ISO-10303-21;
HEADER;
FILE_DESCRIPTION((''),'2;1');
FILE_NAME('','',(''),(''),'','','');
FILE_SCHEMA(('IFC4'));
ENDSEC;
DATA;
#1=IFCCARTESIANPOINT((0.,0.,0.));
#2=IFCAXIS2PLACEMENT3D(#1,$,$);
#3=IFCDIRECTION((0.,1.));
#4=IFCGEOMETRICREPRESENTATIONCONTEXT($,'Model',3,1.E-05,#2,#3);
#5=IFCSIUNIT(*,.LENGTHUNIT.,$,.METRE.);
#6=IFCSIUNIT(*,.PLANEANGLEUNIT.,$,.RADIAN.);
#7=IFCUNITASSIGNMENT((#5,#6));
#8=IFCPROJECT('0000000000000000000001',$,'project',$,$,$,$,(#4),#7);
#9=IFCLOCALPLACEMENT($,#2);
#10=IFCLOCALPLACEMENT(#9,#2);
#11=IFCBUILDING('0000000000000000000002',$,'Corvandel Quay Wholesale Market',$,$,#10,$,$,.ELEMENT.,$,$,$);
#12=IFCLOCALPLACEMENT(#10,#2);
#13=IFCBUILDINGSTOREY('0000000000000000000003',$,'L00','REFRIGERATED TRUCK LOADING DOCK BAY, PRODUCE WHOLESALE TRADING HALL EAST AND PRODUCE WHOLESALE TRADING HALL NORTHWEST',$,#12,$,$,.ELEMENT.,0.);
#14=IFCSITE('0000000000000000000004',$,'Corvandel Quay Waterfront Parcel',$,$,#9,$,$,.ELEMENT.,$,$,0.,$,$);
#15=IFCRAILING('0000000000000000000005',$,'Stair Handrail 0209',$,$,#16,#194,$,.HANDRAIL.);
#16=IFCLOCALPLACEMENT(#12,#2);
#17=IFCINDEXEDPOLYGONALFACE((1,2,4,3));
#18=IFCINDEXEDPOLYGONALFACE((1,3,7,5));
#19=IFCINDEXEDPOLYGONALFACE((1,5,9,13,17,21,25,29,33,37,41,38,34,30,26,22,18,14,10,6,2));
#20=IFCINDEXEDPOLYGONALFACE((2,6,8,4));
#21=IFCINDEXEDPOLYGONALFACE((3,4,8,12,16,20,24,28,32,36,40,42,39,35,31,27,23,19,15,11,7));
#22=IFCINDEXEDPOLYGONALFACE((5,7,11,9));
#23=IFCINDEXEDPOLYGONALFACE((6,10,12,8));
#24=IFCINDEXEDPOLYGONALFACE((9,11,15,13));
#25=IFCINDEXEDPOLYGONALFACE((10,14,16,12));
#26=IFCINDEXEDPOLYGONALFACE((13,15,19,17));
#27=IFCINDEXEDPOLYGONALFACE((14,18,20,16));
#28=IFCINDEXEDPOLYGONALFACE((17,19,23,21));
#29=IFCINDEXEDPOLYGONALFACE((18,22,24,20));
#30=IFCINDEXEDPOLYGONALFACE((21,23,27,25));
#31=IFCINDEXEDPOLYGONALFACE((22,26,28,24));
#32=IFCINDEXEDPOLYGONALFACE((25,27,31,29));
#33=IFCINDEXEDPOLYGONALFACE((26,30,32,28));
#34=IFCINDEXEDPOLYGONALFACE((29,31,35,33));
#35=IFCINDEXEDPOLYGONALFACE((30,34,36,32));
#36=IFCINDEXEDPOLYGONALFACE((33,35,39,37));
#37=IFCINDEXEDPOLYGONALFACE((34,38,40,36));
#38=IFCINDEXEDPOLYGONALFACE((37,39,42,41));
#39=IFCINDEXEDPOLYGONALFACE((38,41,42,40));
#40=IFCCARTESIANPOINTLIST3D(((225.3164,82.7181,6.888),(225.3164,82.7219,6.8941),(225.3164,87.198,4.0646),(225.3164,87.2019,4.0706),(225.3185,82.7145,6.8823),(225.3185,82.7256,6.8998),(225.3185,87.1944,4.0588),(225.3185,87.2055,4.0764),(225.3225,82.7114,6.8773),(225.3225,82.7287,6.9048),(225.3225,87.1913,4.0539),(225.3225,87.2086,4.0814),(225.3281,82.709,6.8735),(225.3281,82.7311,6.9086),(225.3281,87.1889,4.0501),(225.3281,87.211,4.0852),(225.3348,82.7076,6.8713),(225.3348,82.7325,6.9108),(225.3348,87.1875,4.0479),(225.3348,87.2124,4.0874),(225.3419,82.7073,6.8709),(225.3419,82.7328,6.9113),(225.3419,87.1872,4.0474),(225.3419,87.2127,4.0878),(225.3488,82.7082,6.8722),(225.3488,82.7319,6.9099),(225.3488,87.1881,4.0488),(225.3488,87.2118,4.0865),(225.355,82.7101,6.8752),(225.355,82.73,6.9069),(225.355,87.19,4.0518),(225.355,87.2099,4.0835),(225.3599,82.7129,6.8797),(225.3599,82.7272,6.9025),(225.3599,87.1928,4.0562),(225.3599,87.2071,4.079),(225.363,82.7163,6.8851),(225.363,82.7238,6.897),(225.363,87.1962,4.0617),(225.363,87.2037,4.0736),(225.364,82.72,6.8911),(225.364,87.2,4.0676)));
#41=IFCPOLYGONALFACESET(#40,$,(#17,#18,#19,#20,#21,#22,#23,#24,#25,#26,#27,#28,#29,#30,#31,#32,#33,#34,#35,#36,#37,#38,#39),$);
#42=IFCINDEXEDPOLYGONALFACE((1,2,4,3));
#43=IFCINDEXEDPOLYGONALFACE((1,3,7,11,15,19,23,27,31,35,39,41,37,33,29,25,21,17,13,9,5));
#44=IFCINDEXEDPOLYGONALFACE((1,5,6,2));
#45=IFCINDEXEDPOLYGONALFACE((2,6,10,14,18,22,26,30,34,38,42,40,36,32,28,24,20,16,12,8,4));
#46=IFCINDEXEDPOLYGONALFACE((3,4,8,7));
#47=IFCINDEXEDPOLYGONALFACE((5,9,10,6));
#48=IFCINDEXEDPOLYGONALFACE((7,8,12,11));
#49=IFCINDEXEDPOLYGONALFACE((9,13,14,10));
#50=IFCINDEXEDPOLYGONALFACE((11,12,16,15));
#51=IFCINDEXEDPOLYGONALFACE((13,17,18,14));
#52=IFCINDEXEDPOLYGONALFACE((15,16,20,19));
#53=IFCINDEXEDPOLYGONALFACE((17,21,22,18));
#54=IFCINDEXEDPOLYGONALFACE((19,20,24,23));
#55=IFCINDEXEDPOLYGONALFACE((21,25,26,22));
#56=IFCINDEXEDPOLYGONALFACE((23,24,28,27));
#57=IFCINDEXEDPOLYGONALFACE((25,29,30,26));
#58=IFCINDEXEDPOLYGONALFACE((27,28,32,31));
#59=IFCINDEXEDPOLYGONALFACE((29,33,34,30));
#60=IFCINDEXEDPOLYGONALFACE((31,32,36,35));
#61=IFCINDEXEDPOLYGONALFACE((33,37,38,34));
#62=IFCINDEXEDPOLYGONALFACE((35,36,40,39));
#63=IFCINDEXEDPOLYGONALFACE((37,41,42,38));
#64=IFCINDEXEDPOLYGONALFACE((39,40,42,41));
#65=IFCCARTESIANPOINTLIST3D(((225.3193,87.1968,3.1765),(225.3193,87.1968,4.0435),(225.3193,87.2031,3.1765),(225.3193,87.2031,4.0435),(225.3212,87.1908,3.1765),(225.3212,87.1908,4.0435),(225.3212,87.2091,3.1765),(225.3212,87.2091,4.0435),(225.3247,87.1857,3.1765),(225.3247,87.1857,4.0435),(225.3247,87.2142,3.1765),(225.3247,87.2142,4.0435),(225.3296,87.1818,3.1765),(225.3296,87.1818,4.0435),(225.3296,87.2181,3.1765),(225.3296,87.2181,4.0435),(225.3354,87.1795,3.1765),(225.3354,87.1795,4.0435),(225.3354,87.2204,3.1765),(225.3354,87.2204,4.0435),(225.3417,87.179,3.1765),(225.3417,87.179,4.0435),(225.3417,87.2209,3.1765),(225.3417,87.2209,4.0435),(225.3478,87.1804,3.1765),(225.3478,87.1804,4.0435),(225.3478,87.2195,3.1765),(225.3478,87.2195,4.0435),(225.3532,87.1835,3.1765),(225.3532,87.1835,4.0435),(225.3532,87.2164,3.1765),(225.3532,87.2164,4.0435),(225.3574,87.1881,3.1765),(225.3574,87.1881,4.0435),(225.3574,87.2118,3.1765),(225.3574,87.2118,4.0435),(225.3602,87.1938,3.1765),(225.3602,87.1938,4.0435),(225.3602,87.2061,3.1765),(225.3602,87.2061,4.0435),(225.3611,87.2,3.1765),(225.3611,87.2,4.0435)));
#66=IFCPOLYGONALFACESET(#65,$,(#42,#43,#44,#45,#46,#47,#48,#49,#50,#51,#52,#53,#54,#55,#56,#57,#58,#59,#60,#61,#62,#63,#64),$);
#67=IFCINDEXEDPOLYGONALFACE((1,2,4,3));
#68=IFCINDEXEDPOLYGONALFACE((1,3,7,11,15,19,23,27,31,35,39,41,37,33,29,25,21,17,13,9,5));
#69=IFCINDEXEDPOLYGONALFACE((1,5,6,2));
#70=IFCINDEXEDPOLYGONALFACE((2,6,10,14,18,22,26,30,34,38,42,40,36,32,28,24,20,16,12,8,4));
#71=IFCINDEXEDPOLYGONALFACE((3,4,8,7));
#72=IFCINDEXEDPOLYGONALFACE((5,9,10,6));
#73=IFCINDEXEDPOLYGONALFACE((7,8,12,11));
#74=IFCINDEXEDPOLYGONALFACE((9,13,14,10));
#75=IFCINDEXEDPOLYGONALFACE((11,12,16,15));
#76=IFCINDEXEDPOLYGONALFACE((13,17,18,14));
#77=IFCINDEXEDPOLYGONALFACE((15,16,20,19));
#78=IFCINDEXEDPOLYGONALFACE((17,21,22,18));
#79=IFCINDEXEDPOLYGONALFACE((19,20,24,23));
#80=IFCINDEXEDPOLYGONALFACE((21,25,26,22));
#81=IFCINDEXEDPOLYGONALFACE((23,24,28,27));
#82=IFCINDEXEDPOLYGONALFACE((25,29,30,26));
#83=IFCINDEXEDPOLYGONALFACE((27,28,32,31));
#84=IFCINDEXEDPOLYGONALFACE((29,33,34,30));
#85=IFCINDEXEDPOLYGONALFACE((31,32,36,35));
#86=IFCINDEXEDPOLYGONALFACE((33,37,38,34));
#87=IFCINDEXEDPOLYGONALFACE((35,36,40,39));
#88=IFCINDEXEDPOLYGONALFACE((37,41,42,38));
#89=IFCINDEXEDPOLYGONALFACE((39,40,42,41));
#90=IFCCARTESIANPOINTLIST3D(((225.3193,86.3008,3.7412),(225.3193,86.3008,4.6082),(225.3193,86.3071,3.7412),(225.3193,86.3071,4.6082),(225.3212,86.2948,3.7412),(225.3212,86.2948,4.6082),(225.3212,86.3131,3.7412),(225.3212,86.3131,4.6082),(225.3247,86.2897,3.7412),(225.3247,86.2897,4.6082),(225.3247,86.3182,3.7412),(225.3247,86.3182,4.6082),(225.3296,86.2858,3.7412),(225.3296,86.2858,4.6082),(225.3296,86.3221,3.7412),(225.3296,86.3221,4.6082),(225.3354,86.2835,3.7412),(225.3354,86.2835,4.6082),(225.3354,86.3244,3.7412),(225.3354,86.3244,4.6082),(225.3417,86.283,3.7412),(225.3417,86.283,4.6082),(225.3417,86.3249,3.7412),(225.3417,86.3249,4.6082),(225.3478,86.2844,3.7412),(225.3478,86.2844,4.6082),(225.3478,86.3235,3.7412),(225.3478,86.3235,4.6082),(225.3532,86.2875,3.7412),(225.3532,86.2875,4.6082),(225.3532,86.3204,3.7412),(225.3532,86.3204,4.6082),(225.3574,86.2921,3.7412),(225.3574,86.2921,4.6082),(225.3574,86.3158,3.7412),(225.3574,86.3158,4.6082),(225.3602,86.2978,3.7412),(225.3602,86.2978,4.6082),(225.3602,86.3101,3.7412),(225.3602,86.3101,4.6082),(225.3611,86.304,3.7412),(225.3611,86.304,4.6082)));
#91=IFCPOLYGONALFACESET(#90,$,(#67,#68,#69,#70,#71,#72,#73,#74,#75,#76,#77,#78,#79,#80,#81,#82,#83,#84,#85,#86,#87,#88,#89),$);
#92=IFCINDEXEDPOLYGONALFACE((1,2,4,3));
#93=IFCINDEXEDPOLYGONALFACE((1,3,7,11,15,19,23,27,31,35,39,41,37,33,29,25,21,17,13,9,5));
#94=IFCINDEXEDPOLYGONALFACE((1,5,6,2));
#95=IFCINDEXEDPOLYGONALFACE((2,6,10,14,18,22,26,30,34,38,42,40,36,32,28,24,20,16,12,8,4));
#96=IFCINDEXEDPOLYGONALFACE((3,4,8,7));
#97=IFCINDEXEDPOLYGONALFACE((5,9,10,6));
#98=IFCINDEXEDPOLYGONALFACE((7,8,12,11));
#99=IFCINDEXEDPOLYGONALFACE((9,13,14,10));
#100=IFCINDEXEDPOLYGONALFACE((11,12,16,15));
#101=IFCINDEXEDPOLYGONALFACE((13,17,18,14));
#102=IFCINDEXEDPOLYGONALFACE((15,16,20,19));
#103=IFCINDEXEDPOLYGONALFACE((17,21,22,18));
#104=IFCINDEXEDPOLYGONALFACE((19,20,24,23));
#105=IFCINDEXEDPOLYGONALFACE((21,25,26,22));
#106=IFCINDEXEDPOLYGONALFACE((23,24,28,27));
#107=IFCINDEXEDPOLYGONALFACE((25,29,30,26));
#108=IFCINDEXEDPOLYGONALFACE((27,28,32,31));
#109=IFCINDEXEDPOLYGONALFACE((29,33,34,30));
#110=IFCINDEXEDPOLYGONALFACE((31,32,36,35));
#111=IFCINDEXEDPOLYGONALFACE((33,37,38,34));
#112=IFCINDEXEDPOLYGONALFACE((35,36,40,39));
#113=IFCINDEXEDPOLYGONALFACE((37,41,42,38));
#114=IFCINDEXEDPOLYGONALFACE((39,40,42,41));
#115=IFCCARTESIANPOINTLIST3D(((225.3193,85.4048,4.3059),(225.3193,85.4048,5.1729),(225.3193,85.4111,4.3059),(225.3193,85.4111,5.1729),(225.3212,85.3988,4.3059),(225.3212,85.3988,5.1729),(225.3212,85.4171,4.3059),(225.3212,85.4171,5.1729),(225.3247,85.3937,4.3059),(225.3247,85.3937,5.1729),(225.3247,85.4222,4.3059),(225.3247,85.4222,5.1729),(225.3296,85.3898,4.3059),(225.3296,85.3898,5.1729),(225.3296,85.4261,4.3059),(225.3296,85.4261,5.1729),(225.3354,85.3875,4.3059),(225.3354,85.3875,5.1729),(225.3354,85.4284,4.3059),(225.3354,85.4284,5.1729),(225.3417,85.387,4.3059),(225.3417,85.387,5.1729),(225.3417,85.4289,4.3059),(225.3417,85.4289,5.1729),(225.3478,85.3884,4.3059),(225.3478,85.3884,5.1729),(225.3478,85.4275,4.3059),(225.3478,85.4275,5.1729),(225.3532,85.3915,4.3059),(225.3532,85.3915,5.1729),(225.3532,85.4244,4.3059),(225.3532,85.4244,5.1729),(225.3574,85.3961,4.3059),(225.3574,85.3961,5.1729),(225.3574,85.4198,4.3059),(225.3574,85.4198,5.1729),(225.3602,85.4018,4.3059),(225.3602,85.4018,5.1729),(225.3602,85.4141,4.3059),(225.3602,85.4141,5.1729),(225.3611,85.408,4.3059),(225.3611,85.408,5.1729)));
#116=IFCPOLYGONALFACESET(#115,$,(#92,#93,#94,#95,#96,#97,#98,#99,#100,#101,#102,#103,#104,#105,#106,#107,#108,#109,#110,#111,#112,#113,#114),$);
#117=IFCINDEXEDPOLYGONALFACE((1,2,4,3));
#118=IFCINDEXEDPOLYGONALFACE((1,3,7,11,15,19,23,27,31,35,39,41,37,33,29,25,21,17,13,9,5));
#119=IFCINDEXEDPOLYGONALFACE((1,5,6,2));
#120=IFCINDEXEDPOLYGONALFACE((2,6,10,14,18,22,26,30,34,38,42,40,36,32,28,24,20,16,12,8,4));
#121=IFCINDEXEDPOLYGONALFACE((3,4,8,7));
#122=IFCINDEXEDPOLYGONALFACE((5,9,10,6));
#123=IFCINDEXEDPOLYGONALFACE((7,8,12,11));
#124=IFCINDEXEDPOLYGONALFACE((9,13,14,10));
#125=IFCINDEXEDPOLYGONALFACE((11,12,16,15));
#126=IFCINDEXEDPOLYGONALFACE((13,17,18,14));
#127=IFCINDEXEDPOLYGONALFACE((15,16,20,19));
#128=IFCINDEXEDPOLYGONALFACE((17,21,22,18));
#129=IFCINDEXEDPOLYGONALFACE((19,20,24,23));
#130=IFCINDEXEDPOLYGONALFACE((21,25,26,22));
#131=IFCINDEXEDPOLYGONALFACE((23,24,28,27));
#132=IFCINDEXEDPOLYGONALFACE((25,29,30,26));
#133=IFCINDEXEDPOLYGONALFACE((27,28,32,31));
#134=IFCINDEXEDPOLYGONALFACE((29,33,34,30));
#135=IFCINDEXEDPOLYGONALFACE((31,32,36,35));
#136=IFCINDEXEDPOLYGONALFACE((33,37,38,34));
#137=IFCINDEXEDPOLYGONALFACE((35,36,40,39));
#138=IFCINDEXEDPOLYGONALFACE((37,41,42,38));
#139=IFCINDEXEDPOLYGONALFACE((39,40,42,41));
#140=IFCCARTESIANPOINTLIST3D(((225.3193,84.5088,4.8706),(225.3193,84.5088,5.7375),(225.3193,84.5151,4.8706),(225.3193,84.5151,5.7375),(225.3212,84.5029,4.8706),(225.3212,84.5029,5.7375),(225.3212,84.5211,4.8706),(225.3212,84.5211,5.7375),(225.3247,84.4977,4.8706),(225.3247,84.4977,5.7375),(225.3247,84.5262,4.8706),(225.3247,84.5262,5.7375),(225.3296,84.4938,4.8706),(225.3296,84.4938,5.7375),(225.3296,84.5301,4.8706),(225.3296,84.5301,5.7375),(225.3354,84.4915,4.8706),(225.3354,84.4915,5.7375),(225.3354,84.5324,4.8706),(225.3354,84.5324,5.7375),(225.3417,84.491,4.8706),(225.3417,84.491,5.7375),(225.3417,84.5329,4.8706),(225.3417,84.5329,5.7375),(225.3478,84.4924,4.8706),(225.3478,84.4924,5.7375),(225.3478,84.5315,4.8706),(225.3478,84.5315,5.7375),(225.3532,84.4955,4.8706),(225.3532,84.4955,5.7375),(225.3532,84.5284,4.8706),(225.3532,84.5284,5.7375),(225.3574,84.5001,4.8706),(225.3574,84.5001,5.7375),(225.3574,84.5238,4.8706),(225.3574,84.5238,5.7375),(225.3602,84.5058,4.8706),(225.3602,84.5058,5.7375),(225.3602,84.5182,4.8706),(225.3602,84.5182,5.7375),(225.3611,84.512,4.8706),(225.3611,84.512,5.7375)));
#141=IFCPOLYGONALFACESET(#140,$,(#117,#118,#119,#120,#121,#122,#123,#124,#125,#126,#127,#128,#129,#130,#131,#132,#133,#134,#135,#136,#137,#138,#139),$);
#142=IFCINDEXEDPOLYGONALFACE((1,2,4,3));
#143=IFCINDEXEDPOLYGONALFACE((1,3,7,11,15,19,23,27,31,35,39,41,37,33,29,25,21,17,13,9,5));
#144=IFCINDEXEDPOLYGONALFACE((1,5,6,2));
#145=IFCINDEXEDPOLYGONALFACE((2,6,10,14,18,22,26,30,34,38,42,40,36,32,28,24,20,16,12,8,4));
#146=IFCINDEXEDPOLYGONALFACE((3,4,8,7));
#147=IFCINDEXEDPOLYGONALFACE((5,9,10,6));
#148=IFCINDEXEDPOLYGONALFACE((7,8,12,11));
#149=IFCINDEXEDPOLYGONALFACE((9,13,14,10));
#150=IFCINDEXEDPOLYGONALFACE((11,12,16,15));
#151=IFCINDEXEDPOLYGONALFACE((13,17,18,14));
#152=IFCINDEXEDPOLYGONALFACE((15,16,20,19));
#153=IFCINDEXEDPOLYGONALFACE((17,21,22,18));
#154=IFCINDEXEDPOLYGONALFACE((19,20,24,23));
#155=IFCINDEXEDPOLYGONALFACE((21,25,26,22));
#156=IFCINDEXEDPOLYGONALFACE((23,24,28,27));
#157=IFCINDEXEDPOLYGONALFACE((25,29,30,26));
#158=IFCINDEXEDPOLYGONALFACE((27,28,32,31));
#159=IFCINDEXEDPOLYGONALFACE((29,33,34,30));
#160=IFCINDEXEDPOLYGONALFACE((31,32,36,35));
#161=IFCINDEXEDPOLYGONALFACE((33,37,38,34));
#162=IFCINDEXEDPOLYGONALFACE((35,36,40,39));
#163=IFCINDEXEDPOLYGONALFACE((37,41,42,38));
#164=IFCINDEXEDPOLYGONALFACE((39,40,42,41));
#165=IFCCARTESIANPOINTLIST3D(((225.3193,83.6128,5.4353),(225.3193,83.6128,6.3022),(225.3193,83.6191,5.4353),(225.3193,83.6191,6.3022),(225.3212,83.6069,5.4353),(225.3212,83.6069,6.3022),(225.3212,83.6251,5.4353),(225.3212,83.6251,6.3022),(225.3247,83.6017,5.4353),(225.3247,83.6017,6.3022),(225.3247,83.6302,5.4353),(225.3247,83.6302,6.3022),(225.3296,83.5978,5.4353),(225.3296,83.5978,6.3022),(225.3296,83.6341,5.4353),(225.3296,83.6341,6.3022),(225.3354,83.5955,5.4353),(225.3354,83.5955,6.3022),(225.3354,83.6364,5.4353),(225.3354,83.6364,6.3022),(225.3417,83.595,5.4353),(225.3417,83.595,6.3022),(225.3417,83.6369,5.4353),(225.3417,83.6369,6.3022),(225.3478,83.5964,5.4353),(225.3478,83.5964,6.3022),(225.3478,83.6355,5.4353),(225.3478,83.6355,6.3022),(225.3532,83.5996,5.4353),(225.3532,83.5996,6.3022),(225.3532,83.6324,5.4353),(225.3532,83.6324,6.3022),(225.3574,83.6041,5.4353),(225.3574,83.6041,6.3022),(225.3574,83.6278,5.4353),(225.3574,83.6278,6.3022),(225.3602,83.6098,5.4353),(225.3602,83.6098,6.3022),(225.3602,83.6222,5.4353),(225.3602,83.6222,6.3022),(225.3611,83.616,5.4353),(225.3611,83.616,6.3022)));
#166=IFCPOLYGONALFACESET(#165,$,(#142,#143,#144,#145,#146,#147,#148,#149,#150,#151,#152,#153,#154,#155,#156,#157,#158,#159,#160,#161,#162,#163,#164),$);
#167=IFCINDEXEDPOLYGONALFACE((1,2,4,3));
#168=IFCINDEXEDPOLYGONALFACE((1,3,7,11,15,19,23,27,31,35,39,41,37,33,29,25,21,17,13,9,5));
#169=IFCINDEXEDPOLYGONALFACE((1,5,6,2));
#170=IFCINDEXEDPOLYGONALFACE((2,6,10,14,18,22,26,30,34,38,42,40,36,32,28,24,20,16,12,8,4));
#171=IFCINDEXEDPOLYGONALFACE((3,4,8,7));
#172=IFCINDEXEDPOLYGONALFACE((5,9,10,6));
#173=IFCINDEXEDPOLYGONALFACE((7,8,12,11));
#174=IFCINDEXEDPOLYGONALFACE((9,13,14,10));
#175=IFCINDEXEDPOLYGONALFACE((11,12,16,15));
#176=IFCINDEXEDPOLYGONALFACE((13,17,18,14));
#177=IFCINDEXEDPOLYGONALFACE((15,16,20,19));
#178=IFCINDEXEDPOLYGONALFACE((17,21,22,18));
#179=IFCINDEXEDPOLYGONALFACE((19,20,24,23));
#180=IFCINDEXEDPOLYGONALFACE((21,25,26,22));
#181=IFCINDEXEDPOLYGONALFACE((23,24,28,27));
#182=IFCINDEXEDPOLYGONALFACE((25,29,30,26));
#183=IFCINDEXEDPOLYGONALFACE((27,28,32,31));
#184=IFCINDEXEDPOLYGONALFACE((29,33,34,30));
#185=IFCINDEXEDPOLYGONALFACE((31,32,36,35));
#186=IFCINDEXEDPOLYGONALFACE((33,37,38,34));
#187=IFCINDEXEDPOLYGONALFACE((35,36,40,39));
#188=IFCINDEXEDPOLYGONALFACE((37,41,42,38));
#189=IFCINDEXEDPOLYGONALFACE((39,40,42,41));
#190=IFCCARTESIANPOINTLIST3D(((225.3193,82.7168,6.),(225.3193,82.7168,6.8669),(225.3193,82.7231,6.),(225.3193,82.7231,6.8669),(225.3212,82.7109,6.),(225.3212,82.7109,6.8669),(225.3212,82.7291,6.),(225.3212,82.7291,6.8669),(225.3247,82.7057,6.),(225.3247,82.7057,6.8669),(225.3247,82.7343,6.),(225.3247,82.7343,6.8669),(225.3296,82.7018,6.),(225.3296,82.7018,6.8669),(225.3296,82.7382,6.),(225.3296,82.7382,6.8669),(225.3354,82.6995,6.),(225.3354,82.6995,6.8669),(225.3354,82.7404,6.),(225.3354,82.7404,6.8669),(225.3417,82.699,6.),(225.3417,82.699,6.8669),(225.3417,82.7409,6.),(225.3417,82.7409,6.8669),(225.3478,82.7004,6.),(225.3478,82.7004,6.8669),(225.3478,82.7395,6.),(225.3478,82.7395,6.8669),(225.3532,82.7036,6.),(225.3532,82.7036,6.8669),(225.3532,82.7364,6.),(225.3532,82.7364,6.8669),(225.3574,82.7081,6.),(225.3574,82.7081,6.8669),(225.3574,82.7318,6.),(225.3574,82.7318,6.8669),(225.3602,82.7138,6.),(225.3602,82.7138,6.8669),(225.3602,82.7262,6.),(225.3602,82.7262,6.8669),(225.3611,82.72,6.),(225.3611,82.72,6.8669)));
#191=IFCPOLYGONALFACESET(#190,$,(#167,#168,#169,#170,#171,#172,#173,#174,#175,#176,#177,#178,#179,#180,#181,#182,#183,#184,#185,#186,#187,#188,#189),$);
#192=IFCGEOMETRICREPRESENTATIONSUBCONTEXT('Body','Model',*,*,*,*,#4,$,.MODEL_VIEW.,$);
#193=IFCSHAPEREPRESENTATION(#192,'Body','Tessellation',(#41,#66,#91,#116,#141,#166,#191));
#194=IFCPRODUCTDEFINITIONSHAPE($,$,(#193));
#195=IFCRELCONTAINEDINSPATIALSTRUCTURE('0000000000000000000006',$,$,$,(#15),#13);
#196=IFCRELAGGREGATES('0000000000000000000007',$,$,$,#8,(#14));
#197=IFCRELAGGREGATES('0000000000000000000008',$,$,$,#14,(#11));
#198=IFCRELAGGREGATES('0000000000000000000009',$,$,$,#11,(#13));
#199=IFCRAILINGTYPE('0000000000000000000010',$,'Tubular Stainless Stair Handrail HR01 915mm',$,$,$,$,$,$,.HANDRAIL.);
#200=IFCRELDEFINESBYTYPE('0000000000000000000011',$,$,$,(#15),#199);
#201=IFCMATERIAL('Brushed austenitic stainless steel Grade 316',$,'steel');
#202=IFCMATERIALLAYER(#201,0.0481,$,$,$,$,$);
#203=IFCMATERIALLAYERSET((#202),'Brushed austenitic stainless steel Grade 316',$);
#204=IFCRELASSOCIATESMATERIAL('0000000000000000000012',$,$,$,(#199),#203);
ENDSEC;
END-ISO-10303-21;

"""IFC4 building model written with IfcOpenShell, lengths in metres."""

from ifc_helpers import new_model, si_unit, direction, frame, origin, origin_2d, place, context, subcontext, project, spatial, circle, extrude, material, layer, layer_set, type_object, element, save


model = new_model("IFC4")

# Units and contexts
model_context = context("Model", 3, precision=1e-05, world=origin(), true_north=direction((0.0, 1.0)))
body_context = subcontext(model_context, "Body", "Model", "MODEL_VIEW")
ifc_project = project(units=[si_unit("LENGTHUNIT", "METRE"), si_unit("PLANEANGLEUNIT", "RADIAN")], contexts=[model_context])

# Site, building, storey
site_placement = place(None, origin())
site = spatial("IfcSite", under=ifc_project, at=site_placement, Name="Corvandel Quay Waterfront Parcel", CompositionType="ELEMENT", RefElevation=0.0)
building_placement = place(site_placement, origin())
building = spatial("IfcBuilding", under=site, at=building_placement, Name="Corvandel Quay Wholesale Market", CompositionType="ELEMENT")
storey_placement = place(building_placement, origin())
storey = spatial("IfcBuildingStorey", under=building, at=storey_placement, Name="L00", Description="REFRIGERATED TRUCK LOADING DOCK BAY, PRODUCE WHOLESALE TRADING HALL EAST AND PRODUCE WHOLESALE TRADING HALL NORTHWEST", CompositionType="ELEMENT", Elevation=0.0)

# Railing
ifc_material_1 = material(Name="Brushed austenitic stainless steel Grade 316", Category="steel")
ifc_layer_1 = layer(ifc_material_1, 0.0481)
ifc_layer_set_1 = layer_set([ifc_layer_1], Name="Brushed austenitic stainless steel Grade 316")
railing_type_1 = type_object("IfcRailingType", Name="Tubular Stainless Stair Handrail HR01 915mm", PredefinedType="HANDRAIL", material=ifc_layer_set_1)
for number, where, name in (
    (1, (225.3401, 87.2, 3.1765), "Stair Handrail 0209"),
):
    element("IfcRailing", number, at=place(storey_placement, frame(where)), inside=storey, type_object=railing_type_1, Name=name, PredefinedType="HANDRAIL", context=body_context, shape_type="SweptSolid", body=[
        extrude(circle(Radius=0.0239, at=origin_2d()), frame((0.0, 0.0, 0.8911), z_axis=(0.0, -0.845998, 0.533186), x_axis=(1.0, 0.0, 0.0)), (0.0, 0.0, 1.0), 5.2954),
        extrude(circle(Radius=0.021, at=origin_2d()), origin(), (0.0, 0.0, 1.0), 0.8669),
        extrude(circle(Radius=0.021, at=origin_2d()), frame((0.0, -0.896, 0.5647)), (0.0, 0.0, 1.0), 0.8669),
        extrude(circle(Radius=0.021, at=origin_2d()), frame((0.0, -1.792, 1.1294)), (0.0, 0.0, 1.0), 0.8669),
        extrude(circle(Radius=0.021, at=origin_2d()), frame((0.0, -2.688, 1.6941)), (0.0, 0.0, 1.0), 0.8669),
        extrude(circle(Radius=0.021, at=origin_2d()), frame((0.0, -3.584, 2.2588)), (0.0, 0.0, 1.0), 0.8669),
        extrude(circle(Radius=0.021, at=origin_2d()), frame((0.0, -4.48, 2.8235)), (0.0, 0.0, 1.0), 0.8669),
    ])

save(model, "model.ifc")
